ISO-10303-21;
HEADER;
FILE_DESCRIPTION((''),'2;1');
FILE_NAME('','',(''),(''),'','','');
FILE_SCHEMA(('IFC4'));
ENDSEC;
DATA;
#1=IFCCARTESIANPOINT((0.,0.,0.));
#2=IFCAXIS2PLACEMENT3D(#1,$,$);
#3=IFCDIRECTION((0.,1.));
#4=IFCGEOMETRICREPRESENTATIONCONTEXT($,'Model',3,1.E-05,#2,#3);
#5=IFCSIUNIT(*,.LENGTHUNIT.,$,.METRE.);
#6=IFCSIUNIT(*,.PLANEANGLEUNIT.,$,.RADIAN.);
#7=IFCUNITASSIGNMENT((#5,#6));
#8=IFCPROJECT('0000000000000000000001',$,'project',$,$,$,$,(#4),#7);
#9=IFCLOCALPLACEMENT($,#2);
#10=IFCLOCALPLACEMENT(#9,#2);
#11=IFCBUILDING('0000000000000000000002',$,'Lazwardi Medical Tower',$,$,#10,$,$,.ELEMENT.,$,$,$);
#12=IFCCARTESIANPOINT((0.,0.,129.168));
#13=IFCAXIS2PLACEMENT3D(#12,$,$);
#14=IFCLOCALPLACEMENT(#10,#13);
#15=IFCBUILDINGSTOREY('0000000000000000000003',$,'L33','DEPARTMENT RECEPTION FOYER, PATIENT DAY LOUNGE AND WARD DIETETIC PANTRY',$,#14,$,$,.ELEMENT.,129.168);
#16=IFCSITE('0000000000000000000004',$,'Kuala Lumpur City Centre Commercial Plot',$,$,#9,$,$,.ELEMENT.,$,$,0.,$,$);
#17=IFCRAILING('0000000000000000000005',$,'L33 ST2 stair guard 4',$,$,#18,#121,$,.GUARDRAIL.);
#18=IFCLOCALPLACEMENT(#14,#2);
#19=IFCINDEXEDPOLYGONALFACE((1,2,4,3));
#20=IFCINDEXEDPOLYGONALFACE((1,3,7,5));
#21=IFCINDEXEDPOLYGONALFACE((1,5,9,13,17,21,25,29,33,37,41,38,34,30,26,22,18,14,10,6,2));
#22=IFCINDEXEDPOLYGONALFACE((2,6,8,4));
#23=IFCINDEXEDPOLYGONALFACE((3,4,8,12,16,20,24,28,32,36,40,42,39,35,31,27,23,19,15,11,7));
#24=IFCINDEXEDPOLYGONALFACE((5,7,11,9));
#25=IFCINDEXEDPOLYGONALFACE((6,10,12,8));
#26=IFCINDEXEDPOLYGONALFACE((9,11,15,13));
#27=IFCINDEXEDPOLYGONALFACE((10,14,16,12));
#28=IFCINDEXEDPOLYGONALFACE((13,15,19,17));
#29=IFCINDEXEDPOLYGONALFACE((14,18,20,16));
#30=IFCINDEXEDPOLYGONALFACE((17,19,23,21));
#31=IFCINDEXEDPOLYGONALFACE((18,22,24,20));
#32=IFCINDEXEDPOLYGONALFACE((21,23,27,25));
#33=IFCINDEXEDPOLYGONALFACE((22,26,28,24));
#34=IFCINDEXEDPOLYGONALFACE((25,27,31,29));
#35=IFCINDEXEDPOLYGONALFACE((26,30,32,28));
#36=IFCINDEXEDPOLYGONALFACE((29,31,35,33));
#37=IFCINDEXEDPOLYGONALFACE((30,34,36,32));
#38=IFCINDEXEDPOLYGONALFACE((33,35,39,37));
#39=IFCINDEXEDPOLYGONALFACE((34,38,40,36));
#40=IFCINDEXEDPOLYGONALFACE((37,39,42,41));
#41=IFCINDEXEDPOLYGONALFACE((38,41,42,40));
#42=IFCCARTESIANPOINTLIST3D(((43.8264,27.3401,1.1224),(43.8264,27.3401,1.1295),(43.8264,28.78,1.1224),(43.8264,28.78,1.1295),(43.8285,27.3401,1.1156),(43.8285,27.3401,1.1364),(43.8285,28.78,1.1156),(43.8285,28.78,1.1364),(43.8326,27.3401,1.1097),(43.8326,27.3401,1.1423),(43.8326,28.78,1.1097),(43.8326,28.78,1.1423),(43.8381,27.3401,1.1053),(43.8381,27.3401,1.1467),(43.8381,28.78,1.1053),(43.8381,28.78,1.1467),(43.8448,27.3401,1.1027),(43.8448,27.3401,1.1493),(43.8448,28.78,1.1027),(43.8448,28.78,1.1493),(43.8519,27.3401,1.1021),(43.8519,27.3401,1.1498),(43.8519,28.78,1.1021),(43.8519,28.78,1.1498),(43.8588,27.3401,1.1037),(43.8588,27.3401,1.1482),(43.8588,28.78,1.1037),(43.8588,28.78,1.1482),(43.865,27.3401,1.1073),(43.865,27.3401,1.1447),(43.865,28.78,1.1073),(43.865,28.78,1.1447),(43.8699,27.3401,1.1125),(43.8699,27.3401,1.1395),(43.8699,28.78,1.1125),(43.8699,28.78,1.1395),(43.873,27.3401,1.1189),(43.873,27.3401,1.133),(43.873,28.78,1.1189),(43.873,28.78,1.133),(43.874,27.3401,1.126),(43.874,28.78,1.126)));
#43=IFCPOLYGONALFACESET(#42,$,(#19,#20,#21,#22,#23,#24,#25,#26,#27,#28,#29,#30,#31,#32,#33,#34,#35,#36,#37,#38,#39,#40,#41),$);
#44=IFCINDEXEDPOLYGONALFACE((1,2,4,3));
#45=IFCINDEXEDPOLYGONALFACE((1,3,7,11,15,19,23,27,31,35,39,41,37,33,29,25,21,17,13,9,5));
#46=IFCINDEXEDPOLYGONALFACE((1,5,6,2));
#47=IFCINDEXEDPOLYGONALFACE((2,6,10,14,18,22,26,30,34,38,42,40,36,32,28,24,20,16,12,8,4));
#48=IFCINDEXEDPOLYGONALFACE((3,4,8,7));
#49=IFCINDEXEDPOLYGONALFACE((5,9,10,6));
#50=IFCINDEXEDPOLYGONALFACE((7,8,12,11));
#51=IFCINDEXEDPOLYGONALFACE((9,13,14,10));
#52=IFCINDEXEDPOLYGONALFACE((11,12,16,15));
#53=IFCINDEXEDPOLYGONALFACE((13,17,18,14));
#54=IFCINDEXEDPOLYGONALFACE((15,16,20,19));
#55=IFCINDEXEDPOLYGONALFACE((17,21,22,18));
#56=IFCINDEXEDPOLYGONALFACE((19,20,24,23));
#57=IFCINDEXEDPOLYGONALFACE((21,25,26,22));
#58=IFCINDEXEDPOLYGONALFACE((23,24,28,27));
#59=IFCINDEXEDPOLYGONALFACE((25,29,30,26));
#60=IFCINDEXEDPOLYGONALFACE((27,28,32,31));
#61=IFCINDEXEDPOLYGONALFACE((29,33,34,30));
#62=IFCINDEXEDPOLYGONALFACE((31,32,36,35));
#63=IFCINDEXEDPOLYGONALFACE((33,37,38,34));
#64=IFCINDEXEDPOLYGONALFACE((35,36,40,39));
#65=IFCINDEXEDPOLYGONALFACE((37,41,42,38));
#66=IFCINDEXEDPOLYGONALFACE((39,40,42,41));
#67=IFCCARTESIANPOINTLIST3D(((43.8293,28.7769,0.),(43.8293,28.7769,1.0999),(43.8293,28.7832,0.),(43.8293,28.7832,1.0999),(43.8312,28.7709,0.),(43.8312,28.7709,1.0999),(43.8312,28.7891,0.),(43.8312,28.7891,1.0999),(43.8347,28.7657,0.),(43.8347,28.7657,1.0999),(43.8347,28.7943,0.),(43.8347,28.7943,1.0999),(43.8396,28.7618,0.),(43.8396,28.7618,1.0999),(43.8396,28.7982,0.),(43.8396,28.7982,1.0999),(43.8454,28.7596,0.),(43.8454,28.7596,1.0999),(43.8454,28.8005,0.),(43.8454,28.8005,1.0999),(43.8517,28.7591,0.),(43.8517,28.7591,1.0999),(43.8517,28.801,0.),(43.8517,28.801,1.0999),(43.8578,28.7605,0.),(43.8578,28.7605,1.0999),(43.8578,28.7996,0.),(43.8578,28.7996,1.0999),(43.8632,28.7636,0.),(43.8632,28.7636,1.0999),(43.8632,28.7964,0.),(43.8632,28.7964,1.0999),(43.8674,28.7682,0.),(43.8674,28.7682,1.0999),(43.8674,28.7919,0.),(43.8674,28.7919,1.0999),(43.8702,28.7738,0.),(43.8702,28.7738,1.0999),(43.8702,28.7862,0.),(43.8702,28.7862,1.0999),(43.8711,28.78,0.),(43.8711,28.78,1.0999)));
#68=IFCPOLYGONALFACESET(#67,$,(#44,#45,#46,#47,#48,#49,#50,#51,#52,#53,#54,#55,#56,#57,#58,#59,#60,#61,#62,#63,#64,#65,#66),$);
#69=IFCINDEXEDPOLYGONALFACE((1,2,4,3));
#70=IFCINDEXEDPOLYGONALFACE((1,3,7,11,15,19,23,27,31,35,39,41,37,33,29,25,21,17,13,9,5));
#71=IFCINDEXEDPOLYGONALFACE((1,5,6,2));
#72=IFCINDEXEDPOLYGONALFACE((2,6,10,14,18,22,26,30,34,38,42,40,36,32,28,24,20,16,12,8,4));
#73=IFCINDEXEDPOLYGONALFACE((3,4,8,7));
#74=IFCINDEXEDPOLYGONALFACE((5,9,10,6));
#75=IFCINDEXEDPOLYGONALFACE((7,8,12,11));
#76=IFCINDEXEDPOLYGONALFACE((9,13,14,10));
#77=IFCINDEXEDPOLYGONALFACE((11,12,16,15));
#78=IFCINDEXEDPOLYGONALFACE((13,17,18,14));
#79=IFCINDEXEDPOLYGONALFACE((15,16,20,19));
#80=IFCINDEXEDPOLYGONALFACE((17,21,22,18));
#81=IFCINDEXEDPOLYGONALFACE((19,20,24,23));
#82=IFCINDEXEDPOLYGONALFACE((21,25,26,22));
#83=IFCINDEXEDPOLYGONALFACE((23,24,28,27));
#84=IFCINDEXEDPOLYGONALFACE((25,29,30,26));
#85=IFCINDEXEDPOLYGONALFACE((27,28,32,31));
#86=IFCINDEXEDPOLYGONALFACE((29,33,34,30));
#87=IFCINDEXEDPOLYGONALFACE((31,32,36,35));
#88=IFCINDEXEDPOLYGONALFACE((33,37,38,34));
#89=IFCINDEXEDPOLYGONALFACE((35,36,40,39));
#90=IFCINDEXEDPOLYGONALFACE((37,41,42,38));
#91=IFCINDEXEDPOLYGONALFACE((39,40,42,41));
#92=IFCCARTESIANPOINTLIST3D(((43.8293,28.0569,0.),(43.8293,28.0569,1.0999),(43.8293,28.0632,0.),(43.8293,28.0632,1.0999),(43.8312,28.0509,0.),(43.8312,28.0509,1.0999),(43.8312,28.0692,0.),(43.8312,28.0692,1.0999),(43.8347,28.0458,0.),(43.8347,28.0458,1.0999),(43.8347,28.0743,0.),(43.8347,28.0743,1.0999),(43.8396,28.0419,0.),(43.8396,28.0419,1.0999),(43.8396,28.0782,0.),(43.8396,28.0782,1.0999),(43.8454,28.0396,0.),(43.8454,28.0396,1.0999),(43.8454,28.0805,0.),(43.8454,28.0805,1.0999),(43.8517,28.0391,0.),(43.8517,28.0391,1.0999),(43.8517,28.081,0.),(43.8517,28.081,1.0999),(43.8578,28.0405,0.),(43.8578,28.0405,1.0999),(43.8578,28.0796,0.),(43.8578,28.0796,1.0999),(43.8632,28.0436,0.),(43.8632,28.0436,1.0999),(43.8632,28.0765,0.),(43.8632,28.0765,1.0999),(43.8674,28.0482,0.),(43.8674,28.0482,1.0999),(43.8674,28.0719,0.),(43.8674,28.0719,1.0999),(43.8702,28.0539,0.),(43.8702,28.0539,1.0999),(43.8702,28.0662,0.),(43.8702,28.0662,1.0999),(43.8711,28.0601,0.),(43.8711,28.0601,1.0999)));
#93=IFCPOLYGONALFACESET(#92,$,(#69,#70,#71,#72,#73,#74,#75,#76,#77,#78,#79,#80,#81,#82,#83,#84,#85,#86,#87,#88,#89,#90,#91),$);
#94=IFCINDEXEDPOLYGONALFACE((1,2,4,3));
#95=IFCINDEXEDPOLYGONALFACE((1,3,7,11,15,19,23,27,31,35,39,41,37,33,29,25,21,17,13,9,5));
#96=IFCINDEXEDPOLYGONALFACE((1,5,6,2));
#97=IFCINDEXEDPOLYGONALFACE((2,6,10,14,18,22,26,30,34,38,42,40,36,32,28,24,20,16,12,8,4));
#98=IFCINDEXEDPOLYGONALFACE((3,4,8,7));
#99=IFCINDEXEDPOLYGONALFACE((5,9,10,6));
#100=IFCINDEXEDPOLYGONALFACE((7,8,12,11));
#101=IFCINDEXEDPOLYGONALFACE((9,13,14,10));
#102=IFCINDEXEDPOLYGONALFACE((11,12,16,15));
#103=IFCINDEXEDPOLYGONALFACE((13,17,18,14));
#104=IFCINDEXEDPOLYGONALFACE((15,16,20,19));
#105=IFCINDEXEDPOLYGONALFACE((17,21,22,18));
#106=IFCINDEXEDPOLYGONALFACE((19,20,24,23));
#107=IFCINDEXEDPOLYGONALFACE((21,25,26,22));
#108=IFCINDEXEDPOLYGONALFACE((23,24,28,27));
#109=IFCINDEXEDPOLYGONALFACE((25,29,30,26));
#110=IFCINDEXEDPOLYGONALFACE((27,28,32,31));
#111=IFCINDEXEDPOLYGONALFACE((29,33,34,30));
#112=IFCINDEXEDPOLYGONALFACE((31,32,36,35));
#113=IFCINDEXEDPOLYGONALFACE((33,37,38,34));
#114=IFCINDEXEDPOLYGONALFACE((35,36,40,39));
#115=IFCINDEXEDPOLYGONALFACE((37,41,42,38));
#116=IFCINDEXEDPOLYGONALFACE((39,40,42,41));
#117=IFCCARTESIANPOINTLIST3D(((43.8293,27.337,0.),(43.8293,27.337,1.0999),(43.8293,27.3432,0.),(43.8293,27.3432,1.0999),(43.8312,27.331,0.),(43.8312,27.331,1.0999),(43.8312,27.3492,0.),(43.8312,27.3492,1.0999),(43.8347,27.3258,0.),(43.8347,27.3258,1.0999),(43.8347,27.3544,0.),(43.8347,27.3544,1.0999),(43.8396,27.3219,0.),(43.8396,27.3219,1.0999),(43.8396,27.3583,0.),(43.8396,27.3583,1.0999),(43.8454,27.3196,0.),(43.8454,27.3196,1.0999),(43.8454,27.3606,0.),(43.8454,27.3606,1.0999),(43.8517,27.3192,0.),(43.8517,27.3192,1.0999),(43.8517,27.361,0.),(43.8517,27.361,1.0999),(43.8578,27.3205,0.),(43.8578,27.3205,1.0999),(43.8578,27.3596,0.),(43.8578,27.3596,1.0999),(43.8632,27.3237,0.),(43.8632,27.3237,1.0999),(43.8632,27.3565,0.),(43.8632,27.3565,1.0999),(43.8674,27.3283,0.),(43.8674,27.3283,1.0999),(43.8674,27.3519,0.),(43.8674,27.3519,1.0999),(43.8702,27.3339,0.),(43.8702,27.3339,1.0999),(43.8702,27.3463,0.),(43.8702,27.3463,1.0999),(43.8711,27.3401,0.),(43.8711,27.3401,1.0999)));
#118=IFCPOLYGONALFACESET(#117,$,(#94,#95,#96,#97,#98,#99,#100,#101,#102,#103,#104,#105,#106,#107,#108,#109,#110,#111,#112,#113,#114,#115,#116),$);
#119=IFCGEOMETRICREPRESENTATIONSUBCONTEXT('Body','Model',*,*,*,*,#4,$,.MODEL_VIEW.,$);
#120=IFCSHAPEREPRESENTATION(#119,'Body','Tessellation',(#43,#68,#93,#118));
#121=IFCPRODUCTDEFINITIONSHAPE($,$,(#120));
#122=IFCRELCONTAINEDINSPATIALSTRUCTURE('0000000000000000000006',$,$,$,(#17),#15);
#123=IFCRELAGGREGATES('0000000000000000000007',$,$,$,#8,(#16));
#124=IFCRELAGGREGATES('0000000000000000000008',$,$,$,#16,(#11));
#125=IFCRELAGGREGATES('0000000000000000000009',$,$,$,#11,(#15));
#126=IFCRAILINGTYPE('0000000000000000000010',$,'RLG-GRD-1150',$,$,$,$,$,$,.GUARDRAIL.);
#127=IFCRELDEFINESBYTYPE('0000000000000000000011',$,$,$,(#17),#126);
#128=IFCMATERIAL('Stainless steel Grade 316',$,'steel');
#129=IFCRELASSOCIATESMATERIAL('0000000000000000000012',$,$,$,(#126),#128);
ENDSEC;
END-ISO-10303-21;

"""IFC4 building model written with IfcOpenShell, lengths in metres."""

from ifc_helpers import new_model, si_unit, direction, frame, origin, origin_2d, place, context, subcontext, project, spatial, circle, extrude, material, type_object, element, save


model = new_model("IFC4")

# Units and contexts
model_context = context("Model", 3, precision=1e-05, world=origin(), true_north=direction((0.0, 1.0)))
body_context = subcontext(model_context, "Body", "Model", "MODEL_VIEW")
ifc_project = project(units=[si_unit("LENGTHUNIT", "METRE"), si_unit("PLANEANGLEUNIT", "RADIAN")], contexts=[model_context])

# Site, building, storey
site_placement = place(None, origin())
site = spatial("IfcSite", under=ifc_project, at=site_placement, Name="Kuala Lumpur City Centre Commercial Plot", CompositionType="ELEMENT", RefElevation=0.0)
building_placement = place(site_placement, origin())
building = spatial("IfcBuilding", under=site, at=building_placement, Name="Lazwardi Medical Tower", CompositionType="ELEMENT")
storey_placement = place(building_placement, frame((0.0, 0.0, 129.168)))
storey = spatial("IfcBuildingStorey", under=building, at=storey_placement, Name="L33", Description="DEPARTMENT RECEPTION FOYER, PATIENT DAY LOUNGE AND WARD DIETETIC PANTRY", CompositionType="ELEMENT", Elevation=129.168)

# Railing
ifc_material_1 = material(Name="Stainless steel Grade 316", Category="steel")
railing_type_1 = type_object("IfcRailingType", Name="RLG-GRD-1150", PredefinedType="GUARDRAIL", material=ifc_material_1)
railing_1_placement = place(storey_placement, frame((43.8501, 28.78, 0.0)))
element("IfcRailing", 1, at=railing_1_placement, inside=storey, type_object=railing_type_1, Name="L33 ST2 stair guard 4", PredefinedType="GUARDRAIL", context=body_context, shape_type="SweptSolid", body=[
    extrude(circle(Radius=0.0239, at=origin_2d()), frame((0.0, 0.0, 1.126), z_axis=(0.0, -1.0, 0.0), x_axis=(1.0, 0.0, 0.0)), (0.0, 0.0, 1.0), 1.4399),
    extrude(circle(Radius=0.021, at=origin_2d()), origin(), (0.0, 0.0, 1.0), 1.0999),
    extrude(circle(Radius=0.021, at=origin_2d()), frame((0.0, -0.72, 0.0)), (0.0, 0.0, 1.0), 1.0999),
    extrude(circle(Radius=0.021, at=origin_2d()), frame((0.0, -1.4399, 0.0)), (0.0, 0.0, 1.0), 1.0999),
])

save(model, "model.ifc")
